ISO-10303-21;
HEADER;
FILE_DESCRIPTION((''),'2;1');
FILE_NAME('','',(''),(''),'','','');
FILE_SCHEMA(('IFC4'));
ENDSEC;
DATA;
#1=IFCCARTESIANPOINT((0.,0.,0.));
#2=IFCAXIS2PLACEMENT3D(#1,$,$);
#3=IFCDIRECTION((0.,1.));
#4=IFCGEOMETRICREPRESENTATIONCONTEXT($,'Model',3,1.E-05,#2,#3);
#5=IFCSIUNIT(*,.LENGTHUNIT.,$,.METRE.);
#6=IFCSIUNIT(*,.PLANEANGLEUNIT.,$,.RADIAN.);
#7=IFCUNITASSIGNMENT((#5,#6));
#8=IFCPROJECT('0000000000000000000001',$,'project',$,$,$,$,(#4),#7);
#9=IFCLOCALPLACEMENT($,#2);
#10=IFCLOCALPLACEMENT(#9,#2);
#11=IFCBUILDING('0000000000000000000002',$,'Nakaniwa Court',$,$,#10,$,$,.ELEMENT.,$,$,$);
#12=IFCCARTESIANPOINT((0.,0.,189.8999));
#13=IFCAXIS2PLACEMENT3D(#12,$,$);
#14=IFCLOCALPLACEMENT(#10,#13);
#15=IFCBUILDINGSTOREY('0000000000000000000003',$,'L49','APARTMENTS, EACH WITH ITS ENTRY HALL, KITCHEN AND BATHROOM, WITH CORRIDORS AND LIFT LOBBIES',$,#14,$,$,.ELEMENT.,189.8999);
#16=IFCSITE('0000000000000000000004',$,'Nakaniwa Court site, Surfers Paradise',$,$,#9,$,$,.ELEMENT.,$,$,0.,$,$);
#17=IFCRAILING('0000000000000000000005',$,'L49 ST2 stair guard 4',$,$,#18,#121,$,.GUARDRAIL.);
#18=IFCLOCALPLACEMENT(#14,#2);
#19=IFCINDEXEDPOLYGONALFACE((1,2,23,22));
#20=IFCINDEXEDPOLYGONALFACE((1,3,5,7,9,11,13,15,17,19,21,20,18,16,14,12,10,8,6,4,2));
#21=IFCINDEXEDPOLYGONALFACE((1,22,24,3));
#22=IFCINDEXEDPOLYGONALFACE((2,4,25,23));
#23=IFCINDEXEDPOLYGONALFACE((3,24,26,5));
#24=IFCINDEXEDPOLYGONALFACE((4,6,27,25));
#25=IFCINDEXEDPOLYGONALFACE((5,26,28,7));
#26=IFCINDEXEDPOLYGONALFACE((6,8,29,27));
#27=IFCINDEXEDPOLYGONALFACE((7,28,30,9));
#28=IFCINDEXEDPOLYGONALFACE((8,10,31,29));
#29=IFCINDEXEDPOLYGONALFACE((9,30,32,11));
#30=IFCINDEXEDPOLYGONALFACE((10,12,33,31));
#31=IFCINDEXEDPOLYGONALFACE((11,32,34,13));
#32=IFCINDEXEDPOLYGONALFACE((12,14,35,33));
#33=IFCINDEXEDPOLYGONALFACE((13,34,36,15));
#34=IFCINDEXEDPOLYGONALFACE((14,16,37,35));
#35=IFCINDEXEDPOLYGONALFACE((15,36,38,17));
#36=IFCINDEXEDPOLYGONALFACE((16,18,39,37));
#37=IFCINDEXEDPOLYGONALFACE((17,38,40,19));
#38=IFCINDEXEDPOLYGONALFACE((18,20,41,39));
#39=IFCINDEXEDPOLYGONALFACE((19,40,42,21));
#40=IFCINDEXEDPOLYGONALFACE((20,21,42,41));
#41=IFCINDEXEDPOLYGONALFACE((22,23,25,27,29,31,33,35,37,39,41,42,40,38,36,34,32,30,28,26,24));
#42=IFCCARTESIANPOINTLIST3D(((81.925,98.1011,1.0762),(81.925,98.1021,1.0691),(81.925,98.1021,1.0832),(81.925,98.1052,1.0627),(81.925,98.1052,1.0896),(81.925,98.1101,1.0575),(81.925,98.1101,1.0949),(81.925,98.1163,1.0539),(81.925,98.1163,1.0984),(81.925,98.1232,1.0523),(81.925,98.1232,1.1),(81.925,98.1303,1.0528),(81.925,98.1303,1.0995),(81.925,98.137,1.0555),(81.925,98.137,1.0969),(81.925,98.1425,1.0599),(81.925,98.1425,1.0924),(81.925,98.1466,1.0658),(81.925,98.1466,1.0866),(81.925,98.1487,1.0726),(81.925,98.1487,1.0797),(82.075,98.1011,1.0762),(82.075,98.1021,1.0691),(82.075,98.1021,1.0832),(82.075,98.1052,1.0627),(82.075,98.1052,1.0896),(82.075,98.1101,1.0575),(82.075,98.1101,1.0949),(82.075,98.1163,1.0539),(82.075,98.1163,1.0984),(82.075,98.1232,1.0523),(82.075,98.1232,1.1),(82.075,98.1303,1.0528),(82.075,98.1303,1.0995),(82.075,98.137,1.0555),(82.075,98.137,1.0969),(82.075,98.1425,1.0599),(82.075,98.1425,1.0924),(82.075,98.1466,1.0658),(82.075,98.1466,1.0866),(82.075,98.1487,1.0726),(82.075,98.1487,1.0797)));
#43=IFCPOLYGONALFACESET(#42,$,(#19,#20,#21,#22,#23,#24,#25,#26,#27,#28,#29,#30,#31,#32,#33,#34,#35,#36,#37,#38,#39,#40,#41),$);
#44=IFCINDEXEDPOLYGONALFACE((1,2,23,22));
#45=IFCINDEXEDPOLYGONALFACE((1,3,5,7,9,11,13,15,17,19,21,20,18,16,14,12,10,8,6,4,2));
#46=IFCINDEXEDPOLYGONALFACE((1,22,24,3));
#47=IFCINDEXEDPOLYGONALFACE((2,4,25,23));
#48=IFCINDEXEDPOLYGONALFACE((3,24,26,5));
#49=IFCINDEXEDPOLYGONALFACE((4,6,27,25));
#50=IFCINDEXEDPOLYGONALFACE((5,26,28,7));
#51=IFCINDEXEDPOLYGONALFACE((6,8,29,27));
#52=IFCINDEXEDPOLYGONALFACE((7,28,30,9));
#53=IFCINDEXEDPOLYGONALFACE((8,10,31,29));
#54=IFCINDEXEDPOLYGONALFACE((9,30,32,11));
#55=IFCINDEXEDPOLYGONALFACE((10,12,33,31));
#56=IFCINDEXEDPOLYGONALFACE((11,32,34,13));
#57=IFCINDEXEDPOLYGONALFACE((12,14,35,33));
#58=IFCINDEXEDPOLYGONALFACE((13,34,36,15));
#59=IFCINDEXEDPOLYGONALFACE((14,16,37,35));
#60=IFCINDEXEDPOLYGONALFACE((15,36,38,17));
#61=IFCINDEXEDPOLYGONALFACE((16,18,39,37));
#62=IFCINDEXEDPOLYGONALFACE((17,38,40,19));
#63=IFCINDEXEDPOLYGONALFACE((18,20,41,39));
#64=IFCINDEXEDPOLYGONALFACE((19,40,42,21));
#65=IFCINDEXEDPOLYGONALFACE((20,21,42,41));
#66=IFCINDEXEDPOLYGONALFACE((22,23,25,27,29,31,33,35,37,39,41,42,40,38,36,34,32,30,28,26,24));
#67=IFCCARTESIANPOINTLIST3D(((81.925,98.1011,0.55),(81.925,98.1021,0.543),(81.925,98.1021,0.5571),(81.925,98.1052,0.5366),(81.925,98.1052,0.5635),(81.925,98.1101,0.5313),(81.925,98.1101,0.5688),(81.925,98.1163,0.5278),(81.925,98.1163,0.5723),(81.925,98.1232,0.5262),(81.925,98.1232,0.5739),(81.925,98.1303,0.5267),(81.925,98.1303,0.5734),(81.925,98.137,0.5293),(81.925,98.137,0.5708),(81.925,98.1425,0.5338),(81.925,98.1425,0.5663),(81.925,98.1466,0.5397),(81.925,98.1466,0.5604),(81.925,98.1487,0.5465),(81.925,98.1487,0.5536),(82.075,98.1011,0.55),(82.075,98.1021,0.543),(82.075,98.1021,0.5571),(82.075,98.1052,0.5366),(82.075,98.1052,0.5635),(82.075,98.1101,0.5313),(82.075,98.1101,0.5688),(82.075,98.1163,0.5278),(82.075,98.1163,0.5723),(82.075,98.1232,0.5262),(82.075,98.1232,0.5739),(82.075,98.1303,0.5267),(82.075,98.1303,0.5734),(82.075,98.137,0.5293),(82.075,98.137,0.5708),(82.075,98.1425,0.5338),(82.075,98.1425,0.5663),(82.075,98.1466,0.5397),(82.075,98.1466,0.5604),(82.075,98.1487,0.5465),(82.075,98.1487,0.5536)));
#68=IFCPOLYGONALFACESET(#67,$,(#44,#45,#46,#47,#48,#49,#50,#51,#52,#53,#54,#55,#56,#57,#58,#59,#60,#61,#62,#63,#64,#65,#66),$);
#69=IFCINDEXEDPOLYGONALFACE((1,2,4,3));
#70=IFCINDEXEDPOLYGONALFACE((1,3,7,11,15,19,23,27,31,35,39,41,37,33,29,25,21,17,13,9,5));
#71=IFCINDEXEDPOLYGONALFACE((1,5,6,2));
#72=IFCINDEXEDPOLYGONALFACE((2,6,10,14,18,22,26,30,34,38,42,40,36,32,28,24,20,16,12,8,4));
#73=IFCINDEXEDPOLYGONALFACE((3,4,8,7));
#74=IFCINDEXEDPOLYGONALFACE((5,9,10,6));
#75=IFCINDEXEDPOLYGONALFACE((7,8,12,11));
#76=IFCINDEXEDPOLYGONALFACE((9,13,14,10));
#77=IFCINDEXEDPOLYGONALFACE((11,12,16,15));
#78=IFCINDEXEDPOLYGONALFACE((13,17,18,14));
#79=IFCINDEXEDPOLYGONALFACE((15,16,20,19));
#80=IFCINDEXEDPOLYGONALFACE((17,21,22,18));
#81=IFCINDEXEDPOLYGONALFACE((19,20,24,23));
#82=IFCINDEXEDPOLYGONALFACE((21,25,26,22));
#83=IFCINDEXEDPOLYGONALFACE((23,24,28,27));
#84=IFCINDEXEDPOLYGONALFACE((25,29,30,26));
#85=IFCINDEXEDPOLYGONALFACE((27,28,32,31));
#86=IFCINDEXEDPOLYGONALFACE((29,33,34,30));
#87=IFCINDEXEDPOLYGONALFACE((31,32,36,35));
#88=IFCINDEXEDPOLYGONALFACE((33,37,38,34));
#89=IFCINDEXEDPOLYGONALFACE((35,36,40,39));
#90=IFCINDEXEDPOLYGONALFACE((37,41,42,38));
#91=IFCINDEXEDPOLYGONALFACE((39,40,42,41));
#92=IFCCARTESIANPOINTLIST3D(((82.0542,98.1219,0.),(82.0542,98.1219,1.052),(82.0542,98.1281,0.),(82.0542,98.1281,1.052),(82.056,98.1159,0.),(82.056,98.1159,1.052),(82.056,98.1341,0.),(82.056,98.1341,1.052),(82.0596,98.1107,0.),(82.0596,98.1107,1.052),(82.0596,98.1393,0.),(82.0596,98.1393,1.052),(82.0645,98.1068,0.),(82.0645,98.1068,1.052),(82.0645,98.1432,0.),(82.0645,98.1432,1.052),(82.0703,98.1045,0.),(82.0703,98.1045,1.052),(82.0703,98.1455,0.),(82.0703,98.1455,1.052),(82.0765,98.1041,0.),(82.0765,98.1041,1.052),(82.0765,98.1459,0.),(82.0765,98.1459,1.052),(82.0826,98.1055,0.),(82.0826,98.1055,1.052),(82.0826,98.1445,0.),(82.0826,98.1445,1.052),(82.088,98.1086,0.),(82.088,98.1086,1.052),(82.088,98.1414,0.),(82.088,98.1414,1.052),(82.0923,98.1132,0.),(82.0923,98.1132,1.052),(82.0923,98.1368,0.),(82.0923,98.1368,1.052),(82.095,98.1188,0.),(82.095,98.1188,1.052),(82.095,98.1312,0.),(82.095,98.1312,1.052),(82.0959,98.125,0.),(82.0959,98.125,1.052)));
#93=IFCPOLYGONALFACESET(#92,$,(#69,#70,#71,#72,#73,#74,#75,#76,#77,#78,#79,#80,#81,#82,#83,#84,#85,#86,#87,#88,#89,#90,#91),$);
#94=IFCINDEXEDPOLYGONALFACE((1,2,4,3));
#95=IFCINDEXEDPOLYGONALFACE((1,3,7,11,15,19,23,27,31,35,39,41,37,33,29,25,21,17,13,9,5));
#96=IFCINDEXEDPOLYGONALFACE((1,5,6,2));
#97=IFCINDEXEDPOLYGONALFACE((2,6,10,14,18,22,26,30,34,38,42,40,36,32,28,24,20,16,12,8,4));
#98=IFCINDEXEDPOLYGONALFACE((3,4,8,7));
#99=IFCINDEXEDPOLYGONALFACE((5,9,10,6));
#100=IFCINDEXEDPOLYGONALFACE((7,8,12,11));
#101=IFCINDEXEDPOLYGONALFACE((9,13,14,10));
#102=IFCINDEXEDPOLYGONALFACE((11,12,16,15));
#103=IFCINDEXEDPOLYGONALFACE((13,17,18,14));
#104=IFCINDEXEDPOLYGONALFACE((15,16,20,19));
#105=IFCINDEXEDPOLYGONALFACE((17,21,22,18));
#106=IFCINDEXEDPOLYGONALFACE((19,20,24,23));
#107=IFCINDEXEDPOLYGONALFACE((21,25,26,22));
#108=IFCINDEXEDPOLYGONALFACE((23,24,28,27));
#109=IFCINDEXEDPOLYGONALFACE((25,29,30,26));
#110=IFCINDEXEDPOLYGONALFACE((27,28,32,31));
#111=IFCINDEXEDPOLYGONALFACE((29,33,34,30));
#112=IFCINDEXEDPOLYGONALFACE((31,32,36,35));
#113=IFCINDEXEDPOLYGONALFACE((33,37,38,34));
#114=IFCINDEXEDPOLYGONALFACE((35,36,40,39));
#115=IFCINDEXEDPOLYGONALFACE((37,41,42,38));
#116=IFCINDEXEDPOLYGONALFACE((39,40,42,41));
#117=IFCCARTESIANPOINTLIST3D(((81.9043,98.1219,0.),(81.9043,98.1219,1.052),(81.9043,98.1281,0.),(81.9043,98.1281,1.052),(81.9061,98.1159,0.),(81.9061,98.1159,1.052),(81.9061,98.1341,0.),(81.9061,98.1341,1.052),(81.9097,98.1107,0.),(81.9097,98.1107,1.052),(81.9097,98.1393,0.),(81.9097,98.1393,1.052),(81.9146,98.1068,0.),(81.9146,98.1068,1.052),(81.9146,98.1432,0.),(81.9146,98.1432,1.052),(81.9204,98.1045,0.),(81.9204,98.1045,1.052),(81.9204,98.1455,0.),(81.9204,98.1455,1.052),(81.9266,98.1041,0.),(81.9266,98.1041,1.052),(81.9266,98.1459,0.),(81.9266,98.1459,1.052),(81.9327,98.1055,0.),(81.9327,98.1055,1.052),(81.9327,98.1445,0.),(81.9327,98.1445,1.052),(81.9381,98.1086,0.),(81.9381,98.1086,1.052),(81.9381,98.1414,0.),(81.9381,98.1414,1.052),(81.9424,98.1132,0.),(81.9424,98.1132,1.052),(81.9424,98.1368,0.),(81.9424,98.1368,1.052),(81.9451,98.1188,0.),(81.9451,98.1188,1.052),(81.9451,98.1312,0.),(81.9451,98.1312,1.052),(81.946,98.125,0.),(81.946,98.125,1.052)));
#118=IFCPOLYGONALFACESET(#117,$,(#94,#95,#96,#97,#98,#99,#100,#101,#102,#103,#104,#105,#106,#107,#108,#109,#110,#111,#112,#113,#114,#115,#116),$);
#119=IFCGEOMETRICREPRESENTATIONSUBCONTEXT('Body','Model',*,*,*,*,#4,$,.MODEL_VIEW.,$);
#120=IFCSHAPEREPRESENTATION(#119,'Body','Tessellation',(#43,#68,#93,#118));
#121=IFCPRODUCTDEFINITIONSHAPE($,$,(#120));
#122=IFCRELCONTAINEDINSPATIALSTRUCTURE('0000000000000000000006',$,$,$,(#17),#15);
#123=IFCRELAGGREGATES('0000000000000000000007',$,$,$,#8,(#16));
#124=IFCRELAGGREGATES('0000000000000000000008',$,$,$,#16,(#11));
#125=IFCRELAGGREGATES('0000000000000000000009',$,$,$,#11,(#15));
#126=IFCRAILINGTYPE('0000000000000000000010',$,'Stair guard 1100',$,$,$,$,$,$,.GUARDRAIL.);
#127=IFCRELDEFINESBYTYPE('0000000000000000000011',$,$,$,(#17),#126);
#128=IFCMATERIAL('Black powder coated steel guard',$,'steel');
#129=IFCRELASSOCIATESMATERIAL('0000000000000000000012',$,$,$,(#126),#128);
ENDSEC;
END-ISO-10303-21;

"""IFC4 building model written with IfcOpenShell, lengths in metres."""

from ifc_helpers import new_model, si_unit, direction, frame, origin, origin_2d, place, context, subcontext, project, spatial, circle, extrude, material, type_object, element, save


model = new_model("IFC4")

# Units and contexts
model_context = context("Model", 3, precision=1e-05, world=origin(), true_north=direction((0.0, 1.0)))
body_context = subcontext(model_context, "Body", "Model", "MODEL_VIEW")
ifc_project = project(units=[si_unit("LENGTHUNIT", "METRE"), si_unit("PLANEANGLEUNIT", "RADIAN")], contexts=[model_context])

# Site, building, storey
site_placement = place(None, origin())
site = spatial("IfcSite", under=ifc_project, at=site_placement, Name="Nakaniwa Court site, Surfers Paradise", CompositionType="ELEMENT", RefElevation=0.0)
building_placement = place(site_placement, origin())
building = spatial("IfcBuilding", under=site, at=building_placement, Name="Nakaniwa Court", CompositionType="ELEMENT")
storey_placement = place(building_placement, frame((0.0, 0.0, 189.8999)))
storey = spatial("IfcBuildingStorey", under=building, at=storey_placement, Name="L49", Description="APARTMENTS, EACH WITH ITS ENTRY HALL, KITCHEN AND BATHROOM, WITH CORRIDORS AND LIFT LOBBIES", CompositionType="ELEMENT", Elevation=189.8999)

# Railing
ifc_material_1 = material(Name="Black powder coated steel guard", Category="steel")
railing_type_1 = type_object("IfcRailingType", Name="Stair guard 1100", PredefinedType="GUARDRAIL", material=ifc_material_1)
railing_1_placement = place(storey_placement, frame((82.075, 98.125, 0.0)))
element("IfcRailing", 1, at=railing_1_placement, inside=storey, type_object=railing_type_1, Name="L49 ST2 stair guard 4", PredefinedType="GUARDRAIL", context=body_context, shape_type="SweptSolid", body=[
    extrude(circle(Radius=0.0239, at=origin_2d()), frame((0.0, 0.0, 1.0762), z_axis=(-1.0, 0.0, 0.0), x_axis=(0.0, -1.0, 0.0)), (0.0, 0.0, 1.0), 0.1499),
    extrude(circle(Radius=0.0239, at=origin_2d()), frame((0.0, 0.0, 0.55), z_axis=(-1.0, 0.0, 0.0), x_axis=(0.0, -1.0, 0.0)), (0.0, 0.0, 1.0), 0.1499),
    extrude(circle(Radius=0.021, at=origin_2d()), origin(), (0.0, 0.0, 1.0), 1.052),
    extrude(circle(Radius=0.021, at=origin_2d()), frame((-0.1499, 0.0, 0.0)), (0.0, 0.0, 1.0), 1.052),
])

save(model, "model.ifc")
